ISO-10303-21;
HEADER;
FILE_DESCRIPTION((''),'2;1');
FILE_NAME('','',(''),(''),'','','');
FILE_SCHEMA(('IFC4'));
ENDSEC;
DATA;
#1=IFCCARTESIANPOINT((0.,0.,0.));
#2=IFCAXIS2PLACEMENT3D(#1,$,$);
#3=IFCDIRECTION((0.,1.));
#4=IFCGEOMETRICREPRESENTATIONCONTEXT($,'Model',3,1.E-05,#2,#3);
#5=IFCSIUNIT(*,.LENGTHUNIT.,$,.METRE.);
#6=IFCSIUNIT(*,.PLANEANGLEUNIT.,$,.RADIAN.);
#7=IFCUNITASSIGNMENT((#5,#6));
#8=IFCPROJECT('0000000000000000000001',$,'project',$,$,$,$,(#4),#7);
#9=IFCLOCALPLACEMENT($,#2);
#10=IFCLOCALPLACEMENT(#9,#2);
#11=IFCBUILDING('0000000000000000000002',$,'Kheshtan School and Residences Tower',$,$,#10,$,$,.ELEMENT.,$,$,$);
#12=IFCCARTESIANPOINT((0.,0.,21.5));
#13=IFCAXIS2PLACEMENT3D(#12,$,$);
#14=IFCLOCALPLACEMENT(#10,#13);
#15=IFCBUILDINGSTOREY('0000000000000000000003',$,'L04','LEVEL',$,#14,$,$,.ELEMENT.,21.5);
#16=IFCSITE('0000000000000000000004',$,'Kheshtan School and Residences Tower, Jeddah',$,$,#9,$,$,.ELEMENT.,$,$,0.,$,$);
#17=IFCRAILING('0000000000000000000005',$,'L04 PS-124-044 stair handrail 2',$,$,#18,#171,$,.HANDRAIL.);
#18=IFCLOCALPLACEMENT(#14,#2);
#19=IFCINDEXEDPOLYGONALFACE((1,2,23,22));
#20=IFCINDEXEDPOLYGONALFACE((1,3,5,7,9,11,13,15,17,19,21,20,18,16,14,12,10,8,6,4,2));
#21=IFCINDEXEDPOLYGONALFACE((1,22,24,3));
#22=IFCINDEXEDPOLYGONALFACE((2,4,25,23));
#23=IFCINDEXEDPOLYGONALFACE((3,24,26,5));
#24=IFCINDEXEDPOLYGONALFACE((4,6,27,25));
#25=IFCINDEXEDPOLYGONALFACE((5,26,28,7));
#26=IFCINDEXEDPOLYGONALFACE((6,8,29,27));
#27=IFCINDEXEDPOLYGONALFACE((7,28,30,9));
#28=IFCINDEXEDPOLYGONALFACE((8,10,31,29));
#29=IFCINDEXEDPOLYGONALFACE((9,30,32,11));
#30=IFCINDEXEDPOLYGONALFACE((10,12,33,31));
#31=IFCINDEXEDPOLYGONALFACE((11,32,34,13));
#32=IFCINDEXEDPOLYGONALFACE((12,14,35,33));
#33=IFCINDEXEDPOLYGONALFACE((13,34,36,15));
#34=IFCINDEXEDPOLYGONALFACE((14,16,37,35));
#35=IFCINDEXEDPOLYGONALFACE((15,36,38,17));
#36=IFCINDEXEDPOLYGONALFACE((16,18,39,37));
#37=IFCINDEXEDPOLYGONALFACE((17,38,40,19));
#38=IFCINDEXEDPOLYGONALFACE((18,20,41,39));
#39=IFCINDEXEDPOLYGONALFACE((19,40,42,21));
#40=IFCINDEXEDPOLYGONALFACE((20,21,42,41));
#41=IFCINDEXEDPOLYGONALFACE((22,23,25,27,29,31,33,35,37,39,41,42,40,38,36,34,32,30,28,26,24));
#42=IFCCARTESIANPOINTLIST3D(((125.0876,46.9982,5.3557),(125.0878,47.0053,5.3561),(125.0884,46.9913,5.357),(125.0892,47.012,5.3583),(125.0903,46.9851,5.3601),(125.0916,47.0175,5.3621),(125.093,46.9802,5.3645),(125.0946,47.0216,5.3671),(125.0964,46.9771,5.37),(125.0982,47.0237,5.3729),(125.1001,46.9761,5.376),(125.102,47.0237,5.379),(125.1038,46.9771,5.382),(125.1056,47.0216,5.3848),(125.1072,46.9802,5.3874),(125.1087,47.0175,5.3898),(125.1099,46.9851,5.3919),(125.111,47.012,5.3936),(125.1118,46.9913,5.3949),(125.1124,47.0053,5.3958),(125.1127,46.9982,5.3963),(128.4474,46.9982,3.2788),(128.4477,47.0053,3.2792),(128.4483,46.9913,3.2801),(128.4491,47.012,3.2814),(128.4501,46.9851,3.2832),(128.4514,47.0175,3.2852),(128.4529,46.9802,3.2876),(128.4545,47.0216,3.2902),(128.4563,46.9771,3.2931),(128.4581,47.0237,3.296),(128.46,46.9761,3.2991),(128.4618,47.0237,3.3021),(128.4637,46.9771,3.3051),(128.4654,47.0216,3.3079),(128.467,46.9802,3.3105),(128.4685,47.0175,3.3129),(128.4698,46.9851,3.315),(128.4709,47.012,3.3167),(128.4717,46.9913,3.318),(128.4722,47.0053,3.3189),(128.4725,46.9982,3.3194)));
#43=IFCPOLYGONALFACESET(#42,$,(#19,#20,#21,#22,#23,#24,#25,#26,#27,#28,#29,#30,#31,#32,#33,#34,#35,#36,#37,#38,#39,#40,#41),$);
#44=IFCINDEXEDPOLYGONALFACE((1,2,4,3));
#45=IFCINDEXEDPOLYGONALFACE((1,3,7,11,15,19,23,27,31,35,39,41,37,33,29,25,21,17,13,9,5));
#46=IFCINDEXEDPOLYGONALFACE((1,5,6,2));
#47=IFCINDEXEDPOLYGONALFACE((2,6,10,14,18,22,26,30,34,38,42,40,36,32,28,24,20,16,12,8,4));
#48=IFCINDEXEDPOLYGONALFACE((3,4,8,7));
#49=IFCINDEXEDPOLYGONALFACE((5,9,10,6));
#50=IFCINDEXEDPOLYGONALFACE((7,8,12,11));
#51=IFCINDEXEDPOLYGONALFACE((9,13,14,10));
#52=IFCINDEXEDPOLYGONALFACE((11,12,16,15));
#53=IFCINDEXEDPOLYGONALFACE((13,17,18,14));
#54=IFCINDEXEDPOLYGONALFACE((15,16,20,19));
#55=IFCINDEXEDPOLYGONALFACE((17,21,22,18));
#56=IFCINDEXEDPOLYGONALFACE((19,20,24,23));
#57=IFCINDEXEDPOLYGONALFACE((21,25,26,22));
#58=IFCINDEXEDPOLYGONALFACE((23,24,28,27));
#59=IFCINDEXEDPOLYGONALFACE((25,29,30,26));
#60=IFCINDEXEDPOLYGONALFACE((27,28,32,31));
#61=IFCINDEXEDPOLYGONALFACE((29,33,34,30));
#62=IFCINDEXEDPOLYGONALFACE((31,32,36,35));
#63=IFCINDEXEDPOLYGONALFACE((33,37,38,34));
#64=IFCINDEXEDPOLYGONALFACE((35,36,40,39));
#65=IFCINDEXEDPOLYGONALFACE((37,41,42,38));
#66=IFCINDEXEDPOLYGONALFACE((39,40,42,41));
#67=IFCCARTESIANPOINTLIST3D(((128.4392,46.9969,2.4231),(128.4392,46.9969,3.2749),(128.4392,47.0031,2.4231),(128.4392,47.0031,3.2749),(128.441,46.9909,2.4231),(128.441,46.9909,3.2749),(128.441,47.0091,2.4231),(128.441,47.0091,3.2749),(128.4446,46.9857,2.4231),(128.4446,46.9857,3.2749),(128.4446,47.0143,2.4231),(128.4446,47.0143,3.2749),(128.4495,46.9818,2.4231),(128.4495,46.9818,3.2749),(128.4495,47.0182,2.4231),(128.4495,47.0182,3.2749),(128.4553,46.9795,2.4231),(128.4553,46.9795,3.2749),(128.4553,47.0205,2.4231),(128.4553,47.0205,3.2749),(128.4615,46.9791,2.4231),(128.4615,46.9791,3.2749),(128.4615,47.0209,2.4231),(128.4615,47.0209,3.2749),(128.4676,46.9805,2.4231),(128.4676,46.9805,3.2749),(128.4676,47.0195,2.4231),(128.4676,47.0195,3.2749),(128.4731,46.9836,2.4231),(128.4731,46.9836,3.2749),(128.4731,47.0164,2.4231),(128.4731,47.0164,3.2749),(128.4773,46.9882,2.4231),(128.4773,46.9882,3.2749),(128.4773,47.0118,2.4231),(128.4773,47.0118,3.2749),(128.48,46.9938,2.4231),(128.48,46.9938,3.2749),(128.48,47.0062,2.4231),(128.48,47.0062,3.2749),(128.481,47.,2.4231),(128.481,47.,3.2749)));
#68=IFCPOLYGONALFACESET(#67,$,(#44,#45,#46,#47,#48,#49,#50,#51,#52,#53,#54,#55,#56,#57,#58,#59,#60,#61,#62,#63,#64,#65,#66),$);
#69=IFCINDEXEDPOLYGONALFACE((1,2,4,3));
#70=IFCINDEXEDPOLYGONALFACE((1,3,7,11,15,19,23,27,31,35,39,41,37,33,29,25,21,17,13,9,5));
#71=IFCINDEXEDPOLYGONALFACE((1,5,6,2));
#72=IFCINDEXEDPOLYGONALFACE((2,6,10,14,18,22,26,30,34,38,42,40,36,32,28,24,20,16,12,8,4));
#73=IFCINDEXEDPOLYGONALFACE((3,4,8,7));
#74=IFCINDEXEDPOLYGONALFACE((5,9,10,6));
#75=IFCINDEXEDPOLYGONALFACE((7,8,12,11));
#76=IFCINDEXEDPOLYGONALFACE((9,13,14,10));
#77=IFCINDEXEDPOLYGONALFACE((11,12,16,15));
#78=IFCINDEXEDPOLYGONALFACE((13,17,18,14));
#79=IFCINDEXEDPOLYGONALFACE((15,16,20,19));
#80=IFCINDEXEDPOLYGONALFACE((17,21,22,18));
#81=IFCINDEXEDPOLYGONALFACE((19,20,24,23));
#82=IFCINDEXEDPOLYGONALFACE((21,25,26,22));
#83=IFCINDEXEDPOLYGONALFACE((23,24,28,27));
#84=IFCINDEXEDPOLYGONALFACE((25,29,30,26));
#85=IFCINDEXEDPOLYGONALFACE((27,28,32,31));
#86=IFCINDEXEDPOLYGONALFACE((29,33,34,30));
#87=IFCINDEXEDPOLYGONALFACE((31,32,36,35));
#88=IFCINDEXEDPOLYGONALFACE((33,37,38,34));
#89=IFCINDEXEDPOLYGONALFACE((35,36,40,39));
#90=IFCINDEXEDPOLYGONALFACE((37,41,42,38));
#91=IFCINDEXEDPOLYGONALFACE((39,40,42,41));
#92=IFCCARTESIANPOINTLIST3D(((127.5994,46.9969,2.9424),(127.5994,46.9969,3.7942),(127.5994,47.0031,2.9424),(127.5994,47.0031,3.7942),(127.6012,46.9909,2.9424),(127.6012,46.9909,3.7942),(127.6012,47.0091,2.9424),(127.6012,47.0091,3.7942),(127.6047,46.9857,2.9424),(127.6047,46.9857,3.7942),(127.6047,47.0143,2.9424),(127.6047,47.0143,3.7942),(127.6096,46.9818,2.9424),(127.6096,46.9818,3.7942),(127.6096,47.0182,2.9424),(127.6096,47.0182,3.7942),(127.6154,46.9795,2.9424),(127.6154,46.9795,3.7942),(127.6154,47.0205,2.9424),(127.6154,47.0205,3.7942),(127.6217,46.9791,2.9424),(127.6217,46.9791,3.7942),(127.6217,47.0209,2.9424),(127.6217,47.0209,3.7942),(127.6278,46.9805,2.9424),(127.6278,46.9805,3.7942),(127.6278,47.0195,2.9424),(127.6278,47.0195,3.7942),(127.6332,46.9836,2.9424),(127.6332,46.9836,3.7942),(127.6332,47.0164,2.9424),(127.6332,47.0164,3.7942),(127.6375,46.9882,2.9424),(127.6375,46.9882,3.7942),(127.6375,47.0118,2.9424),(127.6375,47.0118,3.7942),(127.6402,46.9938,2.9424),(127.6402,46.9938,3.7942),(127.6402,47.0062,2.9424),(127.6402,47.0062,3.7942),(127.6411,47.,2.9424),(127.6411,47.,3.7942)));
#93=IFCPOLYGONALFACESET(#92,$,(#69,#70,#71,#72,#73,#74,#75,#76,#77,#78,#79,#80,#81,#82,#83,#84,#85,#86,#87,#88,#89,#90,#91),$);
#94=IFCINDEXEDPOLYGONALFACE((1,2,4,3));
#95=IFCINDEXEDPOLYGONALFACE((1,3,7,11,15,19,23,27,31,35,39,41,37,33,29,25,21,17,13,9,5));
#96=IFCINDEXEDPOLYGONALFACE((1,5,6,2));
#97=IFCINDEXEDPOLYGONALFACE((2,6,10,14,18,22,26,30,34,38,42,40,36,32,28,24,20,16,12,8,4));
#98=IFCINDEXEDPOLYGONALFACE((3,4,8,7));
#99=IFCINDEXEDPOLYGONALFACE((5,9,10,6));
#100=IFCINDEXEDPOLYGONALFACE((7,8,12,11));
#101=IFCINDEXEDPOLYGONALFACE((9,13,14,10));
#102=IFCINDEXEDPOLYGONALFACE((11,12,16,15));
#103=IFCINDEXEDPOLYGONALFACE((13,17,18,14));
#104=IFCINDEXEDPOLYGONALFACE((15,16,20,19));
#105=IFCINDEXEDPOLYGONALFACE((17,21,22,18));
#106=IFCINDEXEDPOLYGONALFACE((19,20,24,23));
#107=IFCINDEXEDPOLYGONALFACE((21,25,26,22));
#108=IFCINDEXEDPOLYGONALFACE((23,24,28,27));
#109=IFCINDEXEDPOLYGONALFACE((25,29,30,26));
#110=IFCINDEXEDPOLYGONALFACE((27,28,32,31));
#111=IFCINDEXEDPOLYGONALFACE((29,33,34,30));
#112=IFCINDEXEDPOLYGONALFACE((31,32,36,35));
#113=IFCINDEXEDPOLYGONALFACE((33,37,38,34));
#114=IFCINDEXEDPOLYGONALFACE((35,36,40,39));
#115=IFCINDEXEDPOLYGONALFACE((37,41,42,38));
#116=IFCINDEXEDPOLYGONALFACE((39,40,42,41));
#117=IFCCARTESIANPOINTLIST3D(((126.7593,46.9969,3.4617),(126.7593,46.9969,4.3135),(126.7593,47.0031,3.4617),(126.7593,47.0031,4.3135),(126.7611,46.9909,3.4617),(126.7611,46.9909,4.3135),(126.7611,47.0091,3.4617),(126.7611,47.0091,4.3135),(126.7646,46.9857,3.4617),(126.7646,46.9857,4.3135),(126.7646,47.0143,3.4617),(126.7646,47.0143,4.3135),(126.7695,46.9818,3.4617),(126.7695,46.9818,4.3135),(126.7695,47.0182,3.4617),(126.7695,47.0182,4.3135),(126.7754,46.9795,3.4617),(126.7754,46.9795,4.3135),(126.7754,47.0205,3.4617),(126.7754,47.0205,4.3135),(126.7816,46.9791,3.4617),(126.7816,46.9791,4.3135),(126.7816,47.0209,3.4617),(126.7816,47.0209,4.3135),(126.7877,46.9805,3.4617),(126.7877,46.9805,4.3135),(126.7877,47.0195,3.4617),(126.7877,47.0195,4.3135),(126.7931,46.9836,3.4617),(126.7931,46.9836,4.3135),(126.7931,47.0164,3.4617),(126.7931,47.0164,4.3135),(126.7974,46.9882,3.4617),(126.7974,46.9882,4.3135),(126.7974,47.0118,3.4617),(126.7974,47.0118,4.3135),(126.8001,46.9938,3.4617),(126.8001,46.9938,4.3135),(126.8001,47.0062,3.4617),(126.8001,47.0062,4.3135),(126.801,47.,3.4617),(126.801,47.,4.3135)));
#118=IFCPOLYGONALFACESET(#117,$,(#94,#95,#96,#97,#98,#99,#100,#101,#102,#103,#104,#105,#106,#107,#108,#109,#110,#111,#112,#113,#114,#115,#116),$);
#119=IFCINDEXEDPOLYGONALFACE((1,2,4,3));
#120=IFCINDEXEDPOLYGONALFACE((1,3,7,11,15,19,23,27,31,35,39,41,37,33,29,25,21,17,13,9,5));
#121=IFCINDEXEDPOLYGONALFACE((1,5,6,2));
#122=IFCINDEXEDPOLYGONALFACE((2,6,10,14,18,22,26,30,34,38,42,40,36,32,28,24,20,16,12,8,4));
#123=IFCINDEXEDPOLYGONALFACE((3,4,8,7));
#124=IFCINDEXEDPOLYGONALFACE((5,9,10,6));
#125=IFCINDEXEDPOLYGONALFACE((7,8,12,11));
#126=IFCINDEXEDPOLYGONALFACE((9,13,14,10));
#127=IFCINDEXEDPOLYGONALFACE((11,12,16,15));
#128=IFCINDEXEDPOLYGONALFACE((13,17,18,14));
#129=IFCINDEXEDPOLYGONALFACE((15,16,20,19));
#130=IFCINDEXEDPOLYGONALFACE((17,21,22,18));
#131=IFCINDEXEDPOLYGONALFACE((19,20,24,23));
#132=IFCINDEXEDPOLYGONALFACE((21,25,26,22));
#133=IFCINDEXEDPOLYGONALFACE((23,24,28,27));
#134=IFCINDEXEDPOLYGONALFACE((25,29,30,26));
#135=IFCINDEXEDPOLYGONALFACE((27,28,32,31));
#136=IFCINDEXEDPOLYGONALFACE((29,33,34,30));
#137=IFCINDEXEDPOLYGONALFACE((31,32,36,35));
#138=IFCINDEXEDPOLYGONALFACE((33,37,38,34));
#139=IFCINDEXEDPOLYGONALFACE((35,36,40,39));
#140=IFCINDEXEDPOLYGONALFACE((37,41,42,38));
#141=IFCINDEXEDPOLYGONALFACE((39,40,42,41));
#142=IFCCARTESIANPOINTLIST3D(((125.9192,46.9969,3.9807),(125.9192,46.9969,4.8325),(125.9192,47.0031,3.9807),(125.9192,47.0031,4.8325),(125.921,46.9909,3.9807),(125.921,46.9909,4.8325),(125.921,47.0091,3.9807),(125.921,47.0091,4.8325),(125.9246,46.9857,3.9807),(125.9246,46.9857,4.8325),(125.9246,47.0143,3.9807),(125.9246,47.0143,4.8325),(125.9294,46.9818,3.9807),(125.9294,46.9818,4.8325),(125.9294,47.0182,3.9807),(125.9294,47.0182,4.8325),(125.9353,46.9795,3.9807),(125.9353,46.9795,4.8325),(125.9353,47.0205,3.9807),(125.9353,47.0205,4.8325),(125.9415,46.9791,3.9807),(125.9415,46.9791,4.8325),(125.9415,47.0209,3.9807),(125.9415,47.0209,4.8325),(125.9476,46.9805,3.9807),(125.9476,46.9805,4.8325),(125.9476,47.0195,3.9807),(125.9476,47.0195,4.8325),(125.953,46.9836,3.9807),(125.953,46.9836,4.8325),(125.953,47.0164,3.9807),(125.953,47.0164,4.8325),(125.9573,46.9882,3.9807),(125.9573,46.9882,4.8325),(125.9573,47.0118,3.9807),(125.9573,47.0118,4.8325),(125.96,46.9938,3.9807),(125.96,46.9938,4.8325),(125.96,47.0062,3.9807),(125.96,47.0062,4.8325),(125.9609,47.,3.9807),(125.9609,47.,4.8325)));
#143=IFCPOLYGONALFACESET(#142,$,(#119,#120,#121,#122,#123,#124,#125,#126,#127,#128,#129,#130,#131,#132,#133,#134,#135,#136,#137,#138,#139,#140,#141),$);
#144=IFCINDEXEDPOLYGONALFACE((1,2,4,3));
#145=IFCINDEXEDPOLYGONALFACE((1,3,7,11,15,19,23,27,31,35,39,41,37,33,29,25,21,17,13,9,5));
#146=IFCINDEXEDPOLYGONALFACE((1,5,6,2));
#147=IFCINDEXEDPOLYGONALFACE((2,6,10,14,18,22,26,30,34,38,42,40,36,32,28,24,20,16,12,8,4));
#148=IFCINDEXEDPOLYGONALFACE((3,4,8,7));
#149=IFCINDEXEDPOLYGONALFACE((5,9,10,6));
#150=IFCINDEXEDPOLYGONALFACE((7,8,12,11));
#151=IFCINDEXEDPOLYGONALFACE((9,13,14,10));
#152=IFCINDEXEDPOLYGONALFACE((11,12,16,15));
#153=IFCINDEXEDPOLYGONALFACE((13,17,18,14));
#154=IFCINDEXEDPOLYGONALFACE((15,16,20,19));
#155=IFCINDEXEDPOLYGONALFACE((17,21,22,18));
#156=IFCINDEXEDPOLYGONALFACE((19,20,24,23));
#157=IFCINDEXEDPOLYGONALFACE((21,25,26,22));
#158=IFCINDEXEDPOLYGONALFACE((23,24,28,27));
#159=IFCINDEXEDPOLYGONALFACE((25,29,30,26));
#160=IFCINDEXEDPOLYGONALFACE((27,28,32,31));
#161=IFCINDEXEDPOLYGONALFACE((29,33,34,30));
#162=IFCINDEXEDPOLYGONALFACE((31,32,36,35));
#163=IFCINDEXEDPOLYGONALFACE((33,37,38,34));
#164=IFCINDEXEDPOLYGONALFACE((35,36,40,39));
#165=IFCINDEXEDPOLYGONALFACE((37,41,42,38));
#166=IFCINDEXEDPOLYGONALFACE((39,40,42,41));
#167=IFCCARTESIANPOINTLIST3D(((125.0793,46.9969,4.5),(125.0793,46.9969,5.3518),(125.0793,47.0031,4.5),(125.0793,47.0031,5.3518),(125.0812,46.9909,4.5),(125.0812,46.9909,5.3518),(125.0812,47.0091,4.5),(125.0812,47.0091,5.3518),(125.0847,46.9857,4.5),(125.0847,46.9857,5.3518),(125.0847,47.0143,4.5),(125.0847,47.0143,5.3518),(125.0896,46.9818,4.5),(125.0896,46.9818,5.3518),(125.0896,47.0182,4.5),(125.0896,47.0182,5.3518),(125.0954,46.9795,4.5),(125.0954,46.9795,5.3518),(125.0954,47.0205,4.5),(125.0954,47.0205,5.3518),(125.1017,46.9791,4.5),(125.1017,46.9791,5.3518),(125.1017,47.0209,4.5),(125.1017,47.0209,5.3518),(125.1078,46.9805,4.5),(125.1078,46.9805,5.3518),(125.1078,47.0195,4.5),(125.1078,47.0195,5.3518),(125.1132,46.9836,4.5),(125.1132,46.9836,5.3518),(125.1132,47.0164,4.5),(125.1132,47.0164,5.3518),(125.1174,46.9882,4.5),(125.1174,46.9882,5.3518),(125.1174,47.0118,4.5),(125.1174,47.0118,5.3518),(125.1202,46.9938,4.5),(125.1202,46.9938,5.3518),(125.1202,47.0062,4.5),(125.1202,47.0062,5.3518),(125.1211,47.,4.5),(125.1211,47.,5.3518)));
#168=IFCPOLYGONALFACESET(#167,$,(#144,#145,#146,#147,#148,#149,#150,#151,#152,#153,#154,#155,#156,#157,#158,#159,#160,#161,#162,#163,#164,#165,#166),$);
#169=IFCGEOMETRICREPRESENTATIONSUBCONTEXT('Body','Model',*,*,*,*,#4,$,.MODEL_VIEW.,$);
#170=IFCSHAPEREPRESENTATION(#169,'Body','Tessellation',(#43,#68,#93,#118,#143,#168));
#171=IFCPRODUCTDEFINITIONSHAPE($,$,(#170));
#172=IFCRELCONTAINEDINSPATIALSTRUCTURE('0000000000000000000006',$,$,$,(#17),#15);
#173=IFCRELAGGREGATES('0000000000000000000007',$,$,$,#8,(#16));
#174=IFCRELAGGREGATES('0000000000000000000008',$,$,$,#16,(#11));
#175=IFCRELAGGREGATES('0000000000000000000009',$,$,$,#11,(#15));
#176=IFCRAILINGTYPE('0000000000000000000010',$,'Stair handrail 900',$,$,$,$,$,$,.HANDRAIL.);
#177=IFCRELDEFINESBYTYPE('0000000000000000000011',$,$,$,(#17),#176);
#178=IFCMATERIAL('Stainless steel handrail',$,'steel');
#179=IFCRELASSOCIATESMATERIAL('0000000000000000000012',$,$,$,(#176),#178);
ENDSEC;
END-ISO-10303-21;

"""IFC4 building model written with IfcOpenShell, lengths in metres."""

from ifc_helpers import new_model, si_unit, direction, frame, origin, origin_2d, place, context, subcontext, project, spatial, circle, extrude, material, type_object, element, save


model = new_model("IFC4")

# Units and contexts
model_context = context("Model", 3, precision=1e-05, world=origin(), true_north=direction((0.0, 1.0)))
body_context = subcontext(model_context, "Body", "Model", "MODEL_VIEW")
ifc_project = project(units=[si_unit("LENGTHUNIT", "METRE"), si_unit("PLANEANGLEUNIT", "RADIAN")], contexts=[model_context])

# Site, building, storey
site_placement = place(None, origin())
site = spatial("IfcSite", under=ifc_project, at=site_placement, Name="Kheshtan School and Residences Tower, Jeddah", CompositionType="ELEMENT", RefElevation=0.0)
building_placement = place(site_placement, origin())
building = spatial("IfcBuilding", under=site, at=building_placement, Name="Kheshtan School and Residences Tower", CompositionType="ELEMENT")
storey_placement = place(building_placement, frame((0.0, 0.0, 21.5)))
storey = spatial("IfcBuildingStorey", under=building, at=storey_placement, Name="L04", Description="LEVEL", CompositionType="ELEMENT", Elevation=21.5)

# Railing
ifc_material_1 = material(Name="Stainless steel handrail", Category="steel")
railing_type_1 = type_object("IfcRailingType", Name="Stair handrail 900", PredefinedType="HANDRAIL", material=ifc_material_1)
railing_1_placement = place(storey_placement, frame((128.46, 47.0, 2.4231)))
element("IfcRailing", 1, at=railing_1_placement, inside=storey, type_object=railing_type_1, Name="L04 PS-124-044 stair handrail 2", PredefinedType="HANDRAIL", context=body_context, shape_type="SweptSolid", body=[
    extrude(circle(Radius=0.0239, at=origin_2d()), frame((0.0, 0.0, 0.876), z_axis=(-0.850606, 0.0, 0.525803), x_axis=(0.0, -1.0, 0.0)), (0.0, 0.0, 1.0), 3.95),
    extrude(circle(Radius=0.021, at=origin_2d()), origin(), (0.0, 0.0, 1.0), 0.8518),
    extrude(circle(Radius=0.021, at=origin_2d()), frame((-0.8398, 0.0, 0.5193)), (0.0, 0.0, 1.0), 0.8518),
    extrude(circle(Radius=0.021, at=origin_2d()), frame((-1.6799, 0.0, 1.0386)), (0.0, 0.0, 1.0), 0.8518),
    extrude(circle(Radius=0.021, at=origin_2d()), frame((-2.52, 0.0, 1.5576)), (0.0, 0.0, 1.0), 0.8518),
    extrude(circle(Radius=0.021, at=origin_2d()), frame((-3.3599, 0.0, 2.0769)), (0.0, 0.0, 1.0), 0.8518),
])

save(model, "model.ifc")
